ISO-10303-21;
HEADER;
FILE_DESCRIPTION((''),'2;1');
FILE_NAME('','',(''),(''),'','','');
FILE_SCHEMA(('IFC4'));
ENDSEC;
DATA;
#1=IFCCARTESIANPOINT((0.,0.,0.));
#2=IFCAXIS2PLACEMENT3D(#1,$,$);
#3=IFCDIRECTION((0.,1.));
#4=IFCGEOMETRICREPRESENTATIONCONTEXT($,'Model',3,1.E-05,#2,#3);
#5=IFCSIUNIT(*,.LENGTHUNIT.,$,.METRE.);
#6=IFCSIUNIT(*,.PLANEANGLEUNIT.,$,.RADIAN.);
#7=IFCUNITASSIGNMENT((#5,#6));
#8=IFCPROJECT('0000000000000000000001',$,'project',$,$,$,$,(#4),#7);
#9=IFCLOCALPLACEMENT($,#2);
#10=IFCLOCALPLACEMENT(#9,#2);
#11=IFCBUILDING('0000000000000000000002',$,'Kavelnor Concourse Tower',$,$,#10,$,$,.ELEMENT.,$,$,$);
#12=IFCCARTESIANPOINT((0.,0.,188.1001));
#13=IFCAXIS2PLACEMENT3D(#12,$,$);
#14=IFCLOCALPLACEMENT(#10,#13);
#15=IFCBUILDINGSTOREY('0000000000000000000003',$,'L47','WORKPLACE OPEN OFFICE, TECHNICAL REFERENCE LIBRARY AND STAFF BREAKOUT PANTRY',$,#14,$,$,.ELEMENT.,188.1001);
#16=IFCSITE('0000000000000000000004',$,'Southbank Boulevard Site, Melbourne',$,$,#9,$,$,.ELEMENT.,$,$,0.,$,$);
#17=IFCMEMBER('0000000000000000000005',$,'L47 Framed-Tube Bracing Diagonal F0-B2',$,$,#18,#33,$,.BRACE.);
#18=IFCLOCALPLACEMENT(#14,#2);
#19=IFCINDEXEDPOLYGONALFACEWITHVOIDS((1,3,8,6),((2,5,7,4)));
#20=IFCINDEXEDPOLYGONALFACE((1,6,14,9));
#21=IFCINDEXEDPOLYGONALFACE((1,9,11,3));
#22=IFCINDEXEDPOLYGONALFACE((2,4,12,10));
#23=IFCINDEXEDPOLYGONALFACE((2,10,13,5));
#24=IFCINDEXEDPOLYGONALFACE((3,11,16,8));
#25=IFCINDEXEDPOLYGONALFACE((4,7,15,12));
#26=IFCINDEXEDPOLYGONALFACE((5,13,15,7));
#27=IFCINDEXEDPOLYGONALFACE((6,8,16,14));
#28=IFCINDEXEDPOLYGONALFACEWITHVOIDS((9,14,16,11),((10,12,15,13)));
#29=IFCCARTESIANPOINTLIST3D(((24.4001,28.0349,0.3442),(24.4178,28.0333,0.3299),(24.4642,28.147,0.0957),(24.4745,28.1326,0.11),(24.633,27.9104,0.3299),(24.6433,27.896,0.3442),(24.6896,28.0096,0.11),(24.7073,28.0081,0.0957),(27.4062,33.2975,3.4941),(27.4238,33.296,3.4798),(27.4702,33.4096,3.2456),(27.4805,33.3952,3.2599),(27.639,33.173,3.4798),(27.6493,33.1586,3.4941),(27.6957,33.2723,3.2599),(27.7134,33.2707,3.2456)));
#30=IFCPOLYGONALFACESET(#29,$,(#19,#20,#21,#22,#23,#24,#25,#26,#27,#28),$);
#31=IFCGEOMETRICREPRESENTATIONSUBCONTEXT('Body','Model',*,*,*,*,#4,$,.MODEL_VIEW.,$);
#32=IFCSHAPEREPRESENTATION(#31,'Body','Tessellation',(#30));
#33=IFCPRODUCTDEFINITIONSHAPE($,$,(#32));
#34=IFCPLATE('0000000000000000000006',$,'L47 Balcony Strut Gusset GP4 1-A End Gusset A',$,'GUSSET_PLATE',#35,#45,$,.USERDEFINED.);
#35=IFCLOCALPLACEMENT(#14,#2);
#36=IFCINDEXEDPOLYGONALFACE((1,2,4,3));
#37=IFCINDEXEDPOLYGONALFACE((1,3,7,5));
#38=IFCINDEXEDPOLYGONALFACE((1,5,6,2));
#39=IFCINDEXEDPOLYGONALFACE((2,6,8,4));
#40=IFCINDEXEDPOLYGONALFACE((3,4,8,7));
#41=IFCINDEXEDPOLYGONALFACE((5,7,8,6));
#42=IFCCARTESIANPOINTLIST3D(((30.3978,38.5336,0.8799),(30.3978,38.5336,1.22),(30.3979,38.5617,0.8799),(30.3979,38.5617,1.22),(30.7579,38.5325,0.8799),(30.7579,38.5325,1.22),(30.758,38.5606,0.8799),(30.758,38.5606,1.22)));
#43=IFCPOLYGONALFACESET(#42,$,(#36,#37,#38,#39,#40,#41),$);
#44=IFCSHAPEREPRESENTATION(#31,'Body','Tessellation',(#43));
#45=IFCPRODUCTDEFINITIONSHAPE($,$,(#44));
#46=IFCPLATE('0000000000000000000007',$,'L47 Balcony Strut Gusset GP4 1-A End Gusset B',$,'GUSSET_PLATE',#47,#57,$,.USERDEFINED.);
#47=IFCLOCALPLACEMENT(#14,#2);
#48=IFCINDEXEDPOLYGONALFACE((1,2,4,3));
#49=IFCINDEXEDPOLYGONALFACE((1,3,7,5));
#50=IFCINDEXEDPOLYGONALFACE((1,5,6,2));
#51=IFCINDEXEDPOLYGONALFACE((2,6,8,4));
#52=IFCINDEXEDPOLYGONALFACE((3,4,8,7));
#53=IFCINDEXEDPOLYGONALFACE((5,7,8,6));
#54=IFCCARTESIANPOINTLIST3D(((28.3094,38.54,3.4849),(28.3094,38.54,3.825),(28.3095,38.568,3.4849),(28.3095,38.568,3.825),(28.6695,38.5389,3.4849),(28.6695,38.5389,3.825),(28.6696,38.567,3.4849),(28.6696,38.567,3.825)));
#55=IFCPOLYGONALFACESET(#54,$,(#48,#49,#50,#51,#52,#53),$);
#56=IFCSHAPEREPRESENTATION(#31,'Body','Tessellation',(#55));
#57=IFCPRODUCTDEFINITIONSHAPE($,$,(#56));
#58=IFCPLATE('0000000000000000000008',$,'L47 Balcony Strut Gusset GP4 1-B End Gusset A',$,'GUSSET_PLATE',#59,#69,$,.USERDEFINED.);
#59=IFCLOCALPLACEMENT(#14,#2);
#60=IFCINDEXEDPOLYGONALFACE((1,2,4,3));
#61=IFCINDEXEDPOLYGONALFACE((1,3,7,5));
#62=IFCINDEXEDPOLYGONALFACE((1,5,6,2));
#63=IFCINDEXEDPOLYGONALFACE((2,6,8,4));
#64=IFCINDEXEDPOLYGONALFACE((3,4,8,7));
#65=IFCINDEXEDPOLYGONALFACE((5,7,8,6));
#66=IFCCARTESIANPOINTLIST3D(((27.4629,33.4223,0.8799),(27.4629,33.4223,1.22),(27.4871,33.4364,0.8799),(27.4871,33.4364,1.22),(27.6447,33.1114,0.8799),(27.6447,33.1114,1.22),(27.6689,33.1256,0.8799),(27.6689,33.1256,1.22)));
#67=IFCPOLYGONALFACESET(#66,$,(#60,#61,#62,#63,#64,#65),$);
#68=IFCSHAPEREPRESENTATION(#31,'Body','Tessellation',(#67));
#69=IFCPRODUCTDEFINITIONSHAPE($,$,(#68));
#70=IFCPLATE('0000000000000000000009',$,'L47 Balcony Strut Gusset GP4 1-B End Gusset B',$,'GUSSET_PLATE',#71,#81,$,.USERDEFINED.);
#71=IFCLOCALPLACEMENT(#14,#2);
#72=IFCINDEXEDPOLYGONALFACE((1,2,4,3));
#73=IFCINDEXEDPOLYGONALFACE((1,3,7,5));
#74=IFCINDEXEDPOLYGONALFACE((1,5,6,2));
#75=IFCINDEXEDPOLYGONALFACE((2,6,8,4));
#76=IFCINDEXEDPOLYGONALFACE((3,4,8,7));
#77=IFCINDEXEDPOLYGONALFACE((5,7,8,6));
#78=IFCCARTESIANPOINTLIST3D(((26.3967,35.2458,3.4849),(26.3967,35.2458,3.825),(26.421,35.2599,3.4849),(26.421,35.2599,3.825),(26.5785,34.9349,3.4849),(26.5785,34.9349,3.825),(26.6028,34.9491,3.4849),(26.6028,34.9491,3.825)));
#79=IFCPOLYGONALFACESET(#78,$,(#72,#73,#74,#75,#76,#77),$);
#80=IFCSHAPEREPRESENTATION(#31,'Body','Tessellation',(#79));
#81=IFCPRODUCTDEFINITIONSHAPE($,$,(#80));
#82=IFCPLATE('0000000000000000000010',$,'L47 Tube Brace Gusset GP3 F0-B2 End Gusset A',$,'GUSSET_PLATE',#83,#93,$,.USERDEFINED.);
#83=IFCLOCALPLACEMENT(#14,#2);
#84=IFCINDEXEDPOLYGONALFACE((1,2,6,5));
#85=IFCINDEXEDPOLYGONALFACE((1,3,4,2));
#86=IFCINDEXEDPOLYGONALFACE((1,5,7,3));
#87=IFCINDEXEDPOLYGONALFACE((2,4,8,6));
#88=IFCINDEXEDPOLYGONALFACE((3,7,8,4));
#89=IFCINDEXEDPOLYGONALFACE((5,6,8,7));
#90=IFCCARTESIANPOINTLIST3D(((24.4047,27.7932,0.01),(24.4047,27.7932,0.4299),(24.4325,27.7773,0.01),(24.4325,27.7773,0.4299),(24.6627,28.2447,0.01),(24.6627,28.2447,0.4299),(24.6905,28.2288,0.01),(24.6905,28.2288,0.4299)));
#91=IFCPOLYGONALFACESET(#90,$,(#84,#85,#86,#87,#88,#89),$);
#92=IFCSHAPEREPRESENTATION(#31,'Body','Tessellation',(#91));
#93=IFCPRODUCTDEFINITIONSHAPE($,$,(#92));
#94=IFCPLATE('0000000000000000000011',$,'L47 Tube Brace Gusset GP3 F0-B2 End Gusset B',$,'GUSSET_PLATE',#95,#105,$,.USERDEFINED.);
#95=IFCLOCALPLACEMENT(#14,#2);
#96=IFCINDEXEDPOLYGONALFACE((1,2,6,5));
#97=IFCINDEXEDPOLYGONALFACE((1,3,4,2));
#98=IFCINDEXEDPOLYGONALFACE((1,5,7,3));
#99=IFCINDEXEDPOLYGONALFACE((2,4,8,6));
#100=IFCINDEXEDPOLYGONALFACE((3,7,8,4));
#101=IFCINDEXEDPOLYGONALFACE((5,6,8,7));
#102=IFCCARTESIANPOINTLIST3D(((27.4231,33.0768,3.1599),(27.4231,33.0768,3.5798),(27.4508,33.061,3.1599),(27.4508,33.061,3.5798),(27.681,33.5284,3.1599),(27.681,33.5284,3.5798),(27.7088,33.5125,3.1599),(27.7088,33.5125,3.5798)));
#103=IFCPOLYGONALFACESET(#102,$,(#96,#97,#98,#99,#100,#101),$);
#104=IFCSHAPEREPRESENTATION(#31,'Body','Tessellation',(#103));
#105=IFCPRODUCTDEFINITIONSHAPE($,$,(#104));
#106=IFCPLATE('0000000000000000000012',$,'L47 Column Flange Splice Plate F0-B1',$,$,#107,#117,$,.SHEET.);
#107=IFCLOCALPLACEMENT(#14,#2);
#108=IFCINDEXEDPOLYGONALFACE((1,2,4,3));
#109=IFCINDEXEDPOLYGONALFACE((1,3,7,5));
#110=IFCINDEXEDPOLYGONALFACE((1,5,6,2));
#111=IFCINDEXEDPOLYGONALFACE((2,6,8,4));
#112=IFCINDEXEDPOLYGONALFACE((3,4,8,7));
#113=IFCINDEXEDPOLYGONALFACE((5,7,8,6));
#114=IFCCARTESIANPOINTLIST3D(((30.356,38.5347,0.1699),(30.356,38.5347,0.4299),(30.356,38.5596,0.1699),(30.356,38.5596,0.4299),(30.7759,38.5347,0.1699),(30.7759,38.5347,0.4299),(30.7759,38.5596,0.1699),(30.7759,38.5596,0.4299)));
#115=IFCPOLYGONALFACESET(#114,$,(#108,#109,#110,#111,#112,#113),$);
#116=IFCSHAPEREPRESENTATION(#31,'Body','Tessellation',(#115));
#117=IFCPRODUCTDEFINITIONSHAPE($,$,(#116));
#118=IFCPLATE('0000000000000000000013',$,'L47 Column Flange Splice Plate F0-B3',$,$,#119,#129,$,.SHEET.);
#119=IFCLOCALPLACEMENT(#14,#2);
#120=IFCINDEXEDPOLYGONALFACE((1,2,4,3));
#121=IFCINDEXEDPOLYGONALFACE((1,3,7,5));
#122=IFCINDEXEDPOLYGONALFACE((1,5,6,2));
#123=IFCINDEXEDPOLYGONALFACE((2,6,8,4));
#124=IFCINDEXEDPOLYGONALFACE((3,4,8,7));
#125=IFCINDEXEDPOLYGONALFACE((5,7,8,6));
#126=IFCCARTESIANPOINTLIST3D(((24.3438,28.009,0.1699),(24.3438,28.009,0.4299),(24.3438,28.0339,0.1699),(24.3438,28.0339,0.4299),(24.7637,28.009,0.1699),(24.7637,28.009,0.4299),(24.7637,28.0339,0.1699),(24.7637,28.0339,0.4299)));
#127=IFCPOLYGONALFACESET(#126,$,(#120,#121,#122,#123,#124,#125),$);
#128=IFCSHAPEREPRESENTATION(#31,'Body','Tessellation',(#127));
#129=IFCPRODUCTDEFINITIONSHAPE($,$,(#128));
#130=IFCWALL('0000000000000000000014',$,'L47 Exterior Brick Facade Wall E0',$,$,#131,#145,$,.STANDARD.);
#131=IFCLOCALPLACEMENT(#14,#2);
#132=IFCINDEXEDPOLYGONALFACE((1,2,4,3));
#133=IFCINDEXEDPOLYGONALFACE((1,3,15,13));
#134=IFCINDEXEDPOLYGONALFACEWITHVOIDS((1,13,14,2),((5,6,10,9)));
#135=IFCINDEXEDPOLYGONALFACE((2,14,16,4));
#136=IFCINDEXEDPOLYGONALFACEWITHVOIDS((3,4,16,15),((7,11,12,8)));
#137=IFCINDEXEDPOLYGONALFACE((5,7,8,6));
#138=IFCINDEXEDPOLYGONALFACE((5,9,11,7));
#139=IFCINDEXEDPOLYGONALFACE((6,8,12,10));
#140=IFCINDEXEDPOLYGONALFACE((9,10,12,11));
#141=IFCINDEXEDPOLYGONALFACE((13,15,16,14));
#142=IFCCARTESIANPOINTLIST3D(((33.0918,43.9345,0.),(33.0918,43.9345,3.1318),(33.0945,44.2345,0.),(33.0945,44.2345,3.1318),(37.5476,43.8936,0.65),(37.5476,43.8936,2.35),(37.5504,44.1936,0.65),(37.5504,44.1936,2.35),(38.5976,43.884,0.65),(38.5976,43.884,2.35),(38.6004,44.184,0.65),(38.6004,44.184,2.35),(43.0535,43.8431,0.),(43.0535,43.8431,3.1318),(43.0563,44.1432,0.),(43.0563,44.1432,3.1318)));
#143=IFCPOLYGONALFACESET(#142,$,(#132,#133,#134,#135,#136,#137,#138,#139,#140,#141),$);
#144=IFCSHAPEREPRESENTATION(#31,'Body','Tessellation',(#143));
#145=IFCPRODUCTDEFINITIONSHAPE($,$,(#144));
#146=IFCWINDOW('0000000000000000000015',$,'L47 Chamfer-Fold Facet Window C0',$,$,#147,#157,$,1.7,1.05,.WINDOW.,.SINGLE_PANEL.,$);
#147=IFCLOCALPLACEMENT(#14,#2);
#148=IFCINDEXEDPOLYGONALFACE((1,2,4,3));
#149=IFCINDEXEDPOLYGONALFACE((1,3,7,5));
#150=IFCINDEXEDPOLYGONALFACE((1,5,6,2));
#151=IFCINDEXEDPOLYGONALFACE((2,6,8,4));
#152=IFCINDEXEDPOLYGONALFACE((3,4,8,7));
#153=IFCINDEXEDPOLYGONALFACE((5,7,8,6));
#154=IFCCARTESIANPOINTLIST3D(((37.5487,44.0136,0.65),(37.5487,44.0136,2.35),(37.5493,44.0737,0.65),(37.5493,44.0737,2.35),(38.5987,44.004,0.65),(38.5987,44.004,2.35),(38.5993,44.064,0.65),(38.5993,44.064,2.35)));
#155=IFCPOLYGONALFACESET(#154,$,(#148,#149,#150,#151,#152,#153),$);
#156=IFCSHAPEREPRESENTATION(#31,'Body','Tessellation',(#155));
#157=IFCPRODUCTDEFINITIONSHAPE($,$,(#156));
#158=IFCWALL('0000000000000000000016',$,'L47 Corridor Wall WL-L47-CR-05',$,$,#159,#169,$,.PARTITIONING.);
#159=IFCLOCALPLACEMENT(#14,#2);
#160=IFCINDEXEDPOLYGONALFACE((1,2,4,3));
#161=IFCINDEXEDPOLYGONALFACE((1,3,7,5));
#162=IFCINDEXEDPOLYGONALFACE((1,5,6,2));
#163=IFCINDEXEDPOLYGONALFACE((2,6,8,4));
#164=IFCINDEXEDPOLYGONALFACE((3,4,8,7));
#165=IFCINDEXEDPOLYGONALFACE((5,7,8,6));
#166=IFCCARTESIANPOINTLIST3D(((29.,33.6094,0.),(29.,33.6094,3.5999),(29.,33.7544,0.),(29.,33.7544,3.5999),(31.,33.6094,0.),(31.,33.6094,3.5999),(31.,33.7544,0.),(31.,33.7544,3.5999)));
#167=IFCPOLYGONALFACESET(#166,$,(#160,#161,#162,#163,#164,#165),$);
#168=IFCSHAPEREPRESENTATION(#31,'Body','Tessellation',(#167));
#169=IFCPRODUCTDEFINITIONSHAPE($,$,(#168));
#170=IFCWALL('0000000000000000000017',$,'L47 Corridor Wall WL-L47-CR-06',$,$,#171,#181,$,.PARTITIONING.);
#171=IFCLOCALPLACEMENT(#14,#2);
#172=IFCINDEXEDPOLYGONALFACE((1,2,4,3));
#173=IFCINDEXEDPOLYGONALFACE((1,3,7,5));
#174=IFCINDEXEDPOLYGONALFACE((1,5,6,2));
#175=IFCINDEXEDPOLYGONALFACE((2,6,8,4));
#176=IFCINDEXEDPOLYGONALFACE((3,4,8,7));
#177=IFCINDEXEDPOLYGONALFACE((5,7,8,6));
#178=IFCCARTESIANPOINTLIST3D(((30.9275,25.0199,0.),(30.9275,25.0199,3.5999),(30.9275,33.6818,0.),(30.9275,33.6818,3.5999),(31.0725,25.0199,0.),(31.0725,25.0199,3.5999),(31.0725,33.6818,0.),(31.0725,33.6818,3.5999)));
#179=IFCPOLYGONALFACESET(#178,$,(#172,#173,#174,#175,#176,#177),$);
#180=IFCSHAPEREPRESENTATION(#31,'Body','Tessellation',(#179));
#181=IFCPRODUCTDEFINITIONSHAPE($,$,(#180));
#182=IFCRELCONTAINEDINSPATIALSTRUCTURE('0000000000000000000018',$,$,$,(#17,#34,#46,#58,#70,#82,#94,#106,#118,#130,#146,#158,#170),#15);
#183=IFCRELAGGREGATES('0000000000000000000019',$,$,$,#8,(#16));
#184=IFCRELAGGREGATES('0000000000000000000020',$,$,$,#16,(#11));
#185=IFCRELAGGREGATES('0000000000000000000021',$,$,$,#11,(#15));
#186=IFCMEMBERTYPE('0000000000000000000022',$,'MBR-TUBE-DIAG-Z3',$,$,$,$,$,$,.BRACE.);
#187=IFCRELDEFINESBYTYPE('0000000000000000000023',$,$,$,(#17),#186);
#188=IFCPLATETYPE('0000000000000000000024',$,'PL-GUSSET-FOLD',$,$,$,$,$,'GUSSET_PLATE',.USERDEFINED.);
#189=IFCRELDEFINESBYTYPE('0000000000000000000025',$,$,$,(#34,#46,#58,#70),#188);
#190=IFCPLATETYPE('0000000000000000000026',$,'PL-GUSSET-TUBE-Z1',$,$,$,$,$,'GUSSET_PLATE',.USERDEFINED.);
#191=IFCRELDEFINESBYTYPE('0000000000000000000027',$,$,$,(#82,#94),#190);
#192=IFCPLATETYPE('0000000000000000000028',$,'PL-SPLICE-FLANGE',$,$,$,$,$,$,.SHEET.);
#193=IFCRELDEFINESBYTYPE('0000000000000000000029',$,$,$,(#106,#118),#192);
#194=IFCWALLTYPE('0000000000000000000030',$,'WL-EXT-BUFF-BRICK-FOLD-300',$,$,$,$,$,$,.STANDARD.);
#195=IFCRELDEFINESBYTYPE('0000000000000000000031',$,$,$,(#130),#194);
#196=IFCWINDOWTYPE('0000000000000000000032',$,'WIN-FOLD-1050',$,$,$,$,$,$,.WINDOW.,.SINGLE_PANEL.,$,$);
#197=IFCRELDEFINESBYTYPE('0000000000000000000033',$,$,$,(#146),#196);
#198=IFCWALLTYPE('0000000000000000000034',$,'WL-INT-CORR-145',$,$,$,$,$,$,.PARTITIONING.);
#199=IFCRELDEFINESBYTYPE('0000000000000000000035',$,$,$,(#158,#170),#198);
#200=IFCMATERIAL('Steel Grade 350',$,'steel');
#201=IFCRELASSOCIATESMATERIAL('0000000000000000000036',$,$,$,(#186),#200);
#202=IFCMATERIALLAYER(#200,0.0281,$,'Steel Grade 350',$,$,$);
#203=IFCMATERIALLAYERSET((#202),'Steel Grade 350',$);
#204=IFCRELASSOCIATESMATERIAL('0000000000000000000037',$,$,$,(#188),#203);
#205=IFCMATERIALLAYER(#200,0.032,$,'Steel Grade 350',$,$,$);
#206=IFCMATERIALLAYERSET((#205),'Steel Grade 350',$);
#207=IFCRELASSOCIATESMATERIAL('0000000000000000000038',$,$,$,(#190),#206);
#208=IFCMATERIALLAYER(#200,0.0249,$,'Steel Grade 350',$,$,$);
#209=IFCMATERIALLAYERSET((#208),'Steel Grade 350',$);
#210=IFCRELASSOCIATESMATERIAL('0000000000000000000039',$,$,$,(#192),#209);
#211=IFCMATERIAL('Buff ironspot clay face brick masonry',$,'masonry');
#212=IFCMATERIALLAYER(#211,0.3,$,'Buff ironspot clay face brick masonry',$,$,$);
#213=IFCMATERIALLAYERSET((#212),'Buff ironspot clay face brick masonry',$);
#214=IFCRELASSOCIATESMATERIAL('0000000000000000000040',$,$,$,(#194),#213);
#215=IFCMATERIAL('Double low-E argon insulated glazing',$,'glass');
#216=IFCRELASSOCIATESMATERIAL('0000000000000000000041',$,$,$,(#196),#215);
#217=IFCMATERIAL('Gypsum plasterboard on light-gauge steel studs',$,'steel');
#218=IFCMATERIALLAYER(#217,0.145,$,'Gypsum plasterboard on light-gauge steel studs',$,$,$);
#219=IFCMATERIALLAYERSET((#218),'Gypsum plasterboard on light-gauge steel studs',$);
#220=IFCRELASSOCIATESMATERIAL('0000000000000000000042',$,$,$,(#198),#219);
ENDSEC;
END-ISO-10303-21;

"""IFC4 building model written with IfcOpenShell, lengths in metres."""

from ifc_helpers import new_model, si_unit, direction, frame, frame_2d, origin, origin_2d, place, context, subcontext, project, spatial, rectangle, hollow_rectangle, extrude, material, layer, layer_set, material_profile, profile_set, type_object, element, fill, save


model = new_model("IFC4")

# Units and contexts
model_context = context("Model", 3, precision=1e-05, world=origin(), true_north=direction((0.0, 1.0)))
body_context = subcontext(model_context, "Body", "Model", "MODEL_VIEW")
ifc_project = project(units=[si_unit("LENGTHUNIT", "METRE"), si_unit("PLANEANGLEUNIT", "RADIAN")], contexts=[model_context])

# Site, building, storey
site_placement = place(None, origin())
site = spatial("IfcSite", under=ifc_project, at=site_placement, Name="Southbank Boulevard Site, Melbourne", CompositionType="ELEMENT", RefElevation=0.0)
building_placement = place(site_placement, origin())
building = spatial("IfcBuilding", under=site, at=building_placement, Name="Kavelnor Concourse Tower", CompositionType="ELEMENT")
storey_placement = place(building_placement, frame((0.0, 0.0, 188.1001)))
storey = spatial("IfcBuildingStorey", under=building, at=storey_placement, Name="L47", Description="WORKPLACE OPEN OFFICE, TECHNICAL REFERENCE LIBRARY AND STAFF BREAKOUT PANTRY", CompositionType="ELEMENT", Elevation=188.1001)

# Shared definitions
ifc_material_1 = material(Name="Steel Grade 350", Category="steel")

# Member
ifc_material_profile_1 = material_profile(ifc_material_1, hollow_rectangle(XDim=0.28, YDim=0.28, WallThickness=0.0161, at=origin_2d()), Name="SHS 280x280x16")
ifc_profile_set_1 = profile_set([ifc_material_profile_1], Name="Steel Grade 350")
member_type_1 = type_object("IfcMemberType", Name="MBR-TUBE-DIAG-Z3", PredefinedType="BRACE", material=ifc_profile_set_1)
member_1_placement = place(storey_placement, frame((24.5537, 28.0215, 0.22), z_axis=(0.440106, 0.77048, 0.461159), x_axis=(-0.868325, 0.495996, 0.0)))
element("IfcMember", 1, at=member_1_placement, inside=storey, type_object=member_type_1, Name="L47 Framed-Tube Bracing Diagonal F0-B2", PredefinedType="BRACE", context=body_context, shape_type="SweptSolid", body=[
    extrude(hollow_rectangle(XDim=0.28, YDim=0.28, WallThickness=0.0161, at=origin_2d()), origin(), (0.0, 0.0, 1.0), 6.8303),
])

# Plates
ifc_layer_1 = layer(ifc_material_1, 0.0281, Name="Steel Grade 350")
ifc_layer_set_1 = layer_set([ifc_layer_1], Name="Steel Grade 350")
plate_type_1 = type_object("IfcPlateType", Name="PL-GUSSET-FOLD", ElementType="GUSSET_PLATE", PredefinedType="USERDEFINED", material=ifc_layer_set_1)
for number, where, z_axis, x_axis, name in (
    (2, (30.5779, 38.5471, 0.8799), (0.0, 0.0, 1.0), (-0.999996, 0.002967, 0.0), "L47 Balcony Strut Gusset GP4 1-A End Gusset A"),
    (3, (28.4895, 38.5535, 3.4849), (0.0, 0.0, 1.0), (-0.999996, 0.002967, 0.0), "L47 Balcony Strut Gusset GP4 1-A End Gusset B"),
    (4, (27.5659, 33.2739, 0.8799), (0.0, 0.0, 1.0), (-0.504829, 0.863219, 0.0), "L47 Balcony Strut Gusset GP4 1-B End Gusset A"),
    (5, (26.4998, 35.0974, 3.4849), (0.0, 0.0, 1.0), (-0.504829, 0.863219, 0.0), "L47 Balcony Strut Gusset GP4 1-B End Gusset B"),
):
    element("IfcPlate", number, at=place(storey_placement, frame(where, z_axis=z_axis, x_axis=x_axis)), inside=storey, type_object=plate_type_1, Name=name, ObjectType="GUSSET_PLATE", PredefinedType="USERDEFINED", context=body_context, shape_type="SweptSolid", body=[
        extrude(rectangle(XDim=0.3601, YDim=0.0281, at=origin_2d()), origin(), (0.0, 0.0, 1.0), 0.3401),
    ])
ifc_layer_2 = layer(ifc_material_1, 0.032, Name="Steel Grade 350")
ifc_layer_set_2 = layer_set([ifc_layer_2], Name="Steel Grade 350")
plate_type_2 = type_object("IfcPlateType", Name="PL-GUSSET-TUBE-Z1", ElementType="GUSSET_PLATE", PredefinedType="USERDEFINED", material=ifc_layer_set_2)
for number, where, z_axis, x_axis, name in (
    (6, (24.5476, 28.011, 0.01), (0.0, 0.0, 1.0), (0.496065, 0.868285, 0.0), "L47 Tube Brace Gusset GP3 F0-B2 End Gusset A"),
    (7, (27.5659, 33.2947, 3.1599), (0.0, 0.0, 1.0), (0.496065, 0.868285, 0.0), "L47 Tube Brace Gusset GP3 F0-B2 End Gusset B"),
):
    element("IfcPlate", number, at=place(storey_placement, frame(where, z_axis=z_axis, x_axis=x_axis)), inside=storey, type_object=plate_type_2, Name=name, ObjectType="GUSSET_PLATE", PredefinedType="USERDEFINED", context=body_context, shape_type="SweptSolid", body=[
        extrude(rectangle(XDim=0.52, YDim=0.032, at=origin_2d()), origin(), (0.0, 0.0, 1.0), 0.4199),
    ])
ifc_layer_3 = layer(ifc_material_1, 0.0249, Name="Steel Grade 350")
ifc_layer_set_3 = layer_set([ifc_layer_3], Name="Steel Grade 350")
plate_type_3 = type_object("IfcPlateType", Name="PL-SPLICE-FLANGE", PredefinedType="SHEET", material=ifc_layer_set_3)
for number, where, z_axis, x_axis, name in (
    (8, (30.5659, 38.5471, 0.1699), (0.0, 0.0, 1.0), (1.0, 0.0, 0.0), "L47 Column Flange Splice Plate F0-B1"),
    (9, (24.5537, 28.0215, 0.1699), (0.0, 0.0, 1.0), (1.0, 0.0, 0.0), "L47 Column Flange Splice Plate F0-B3"),
):
    element("IfcPlate", number, at=place(storey_placement, frame(where, z_axis=z_axis, x_axis=x_axis)), inside=storey, type_object=plate_type_3, Name=name, PredefinedType="SHEET", context=body_context, shape_type="SweptSolid", body=[
        extrude(rectangle(XDim=0.4199, YDim=0.0249, at=origin_2d()), origin(), (0.0, 0.0, 1.0), 0.26),
    ])

# Wall, opening, window
ifc_material_2 = material(Name="Buff ironspot clay face brick masonry", Category="masonry")
ifc_layer_4 = layer(ifc_material_2, 0.3, Name="Buff ironspot clay face brick masonry")
ifc_layer_set_4 = layer_set([ifc_layer_4], Name="Buff ironspot clay face brick masonry")
wall_type_1 = type_object("IfcWallType", Name="WL-EXT-BUFF-BRICK-FOLD-300", PredefinedType="STANDARD", material=ifc_layer_set_4)
wall_1_placement = place(storey_placement, frame((33.0933, 44.0845, 0.0), z_axis=(0.0, 0.0, 1.0), x_axis=(0.999958, -0.009166, 0.0)))
wall_1 = element("IfcWall", 10, at=wall_1_placement, inside=storey, type_object=wall_type_1, Name="L47 Exterior Brick Facade Wall E0", PredefinedType="STANDARD", context=body_context, shape_type="SweptSolid", body=[
    extrude(rectangle(XDim=9.9622, YDim=0.3, at=frame_2d((4.981, 0.0))), origin(), (0.0, 0.0, 1.0), 3.1318),
])
opening_1_placement = place(wall_1_placement, frame((4.4561, 0.0, 0.6499)))
opening_1 = element("IfcOpeningElement", 11, at=opening_1_placement, cuts=wall_1, PredefinedType="OPENING", context=body_context, shape_type="SweptSolid", body=[
    extrude(rectangle(XDim=1.05, YDim=1.7, at=frame_2d((0.5249, 0.8501))), frame((0.0, 0.1602, 0.0), z_axis=(0.0, -1.0, 0.0), x_axis=(1.0, 0.0, 0.0)), (0.0, 0.0, 1.0), 0.3201),
])
ifc_material_3 = material(Name="Double low-E argon insulated glazing", Category="glass")
window_type = type_object("IfcWindowType", Name="WIN-FOLD-1050", PartitioningType="SINGLE_PANEL", PredefinedType="WINDOW", material=ifc_material_3)
window_placement = place(opening_1_placement, origin())
window = element("IfcWindow", 12, at=window_placement, inside=storey, type_object=window_type, Name="L47 Chamfer-Fold Facet Window C0", OverallHeight=1.7, OverallWidth=1.05, PartitioningType="SINGLE_PANEL", PredefinedType="WINDOW", context=body_context, shape_type="SweptSolid", body=[
    extrude(rectangle(XDim=1.05, YDim=1.7, at=frame_2d((0.5249, 0.8501))), frame((0.0, 0.03, 0.0), z_axis=(0.0, -1.0, 0.0), x_axis=(1.0, 0.0, 0.0)), (0.0, 0.0, 1.0), 0.0601),
])
fill(opening_1, window)

# Walls
ifc_material_4 = material(Name="Gypsum plasterboard on light-gauge steel studs", Category="steel")
ifc_layer_5 = layer(ifc_material_4, 0.145, Name="Gypsum plasterboard on light-gauge steel studs")
ifc_layer_set_5 = layer_set([ifc_layer_5], Name="Gypsum plasterboard on light-gauge steel studs")
wall_type_2 = type_object("IfcWallType", Name="WL-INT-CORR-145", PredefinedType="PARTITIONING", material=ifc_layer_set_5)
wall_2_placement = place(storey_placement, frame((29.0, 33.6819, 0.0), z_axis=(0.0, 0.0, 1.0), x_axis=(1.0, 0.0, 0.0)))
element("IfcWall", 13, at=wall_2_placement, inside=storey, type_object=wall_type_2, Name="L47 Corridor Wall WL-L47-CR-05", PredefinedType="PARTITIONING", context=body_context, shape_type="SweptSolid", body=[
    extrude(rectangle(XDim=2.0, YDim=0.145, at=frame_2d((1.0, 0.0))), origin(), (0.0, 0.0, 1.0), 3.5999),
])
wall_3_placement = place(storey_placement, frame((31.0, 33.6819, 0.0), z_axis=(0.0, 0.0, 1.0), x_axis=(0.0, -1.0, 0.0)))
element("IfcWall", 14, at=wall_3_placement, inside=storey, type_object=wall_type_2, Name="L47 Corridor Wall WL-L47-CR-06", PredefinedType="PARTITIONING", context=body_context, shape_type="SweptSolid", body=[
    extrude(rectangle(XDim=8.6619, YDim=0.145, at=frame_2d((4.3311, 0.0))), origin(), (0.0, 0.0, 1.0), 3.5999),
])

save(model, "model.ifc")
